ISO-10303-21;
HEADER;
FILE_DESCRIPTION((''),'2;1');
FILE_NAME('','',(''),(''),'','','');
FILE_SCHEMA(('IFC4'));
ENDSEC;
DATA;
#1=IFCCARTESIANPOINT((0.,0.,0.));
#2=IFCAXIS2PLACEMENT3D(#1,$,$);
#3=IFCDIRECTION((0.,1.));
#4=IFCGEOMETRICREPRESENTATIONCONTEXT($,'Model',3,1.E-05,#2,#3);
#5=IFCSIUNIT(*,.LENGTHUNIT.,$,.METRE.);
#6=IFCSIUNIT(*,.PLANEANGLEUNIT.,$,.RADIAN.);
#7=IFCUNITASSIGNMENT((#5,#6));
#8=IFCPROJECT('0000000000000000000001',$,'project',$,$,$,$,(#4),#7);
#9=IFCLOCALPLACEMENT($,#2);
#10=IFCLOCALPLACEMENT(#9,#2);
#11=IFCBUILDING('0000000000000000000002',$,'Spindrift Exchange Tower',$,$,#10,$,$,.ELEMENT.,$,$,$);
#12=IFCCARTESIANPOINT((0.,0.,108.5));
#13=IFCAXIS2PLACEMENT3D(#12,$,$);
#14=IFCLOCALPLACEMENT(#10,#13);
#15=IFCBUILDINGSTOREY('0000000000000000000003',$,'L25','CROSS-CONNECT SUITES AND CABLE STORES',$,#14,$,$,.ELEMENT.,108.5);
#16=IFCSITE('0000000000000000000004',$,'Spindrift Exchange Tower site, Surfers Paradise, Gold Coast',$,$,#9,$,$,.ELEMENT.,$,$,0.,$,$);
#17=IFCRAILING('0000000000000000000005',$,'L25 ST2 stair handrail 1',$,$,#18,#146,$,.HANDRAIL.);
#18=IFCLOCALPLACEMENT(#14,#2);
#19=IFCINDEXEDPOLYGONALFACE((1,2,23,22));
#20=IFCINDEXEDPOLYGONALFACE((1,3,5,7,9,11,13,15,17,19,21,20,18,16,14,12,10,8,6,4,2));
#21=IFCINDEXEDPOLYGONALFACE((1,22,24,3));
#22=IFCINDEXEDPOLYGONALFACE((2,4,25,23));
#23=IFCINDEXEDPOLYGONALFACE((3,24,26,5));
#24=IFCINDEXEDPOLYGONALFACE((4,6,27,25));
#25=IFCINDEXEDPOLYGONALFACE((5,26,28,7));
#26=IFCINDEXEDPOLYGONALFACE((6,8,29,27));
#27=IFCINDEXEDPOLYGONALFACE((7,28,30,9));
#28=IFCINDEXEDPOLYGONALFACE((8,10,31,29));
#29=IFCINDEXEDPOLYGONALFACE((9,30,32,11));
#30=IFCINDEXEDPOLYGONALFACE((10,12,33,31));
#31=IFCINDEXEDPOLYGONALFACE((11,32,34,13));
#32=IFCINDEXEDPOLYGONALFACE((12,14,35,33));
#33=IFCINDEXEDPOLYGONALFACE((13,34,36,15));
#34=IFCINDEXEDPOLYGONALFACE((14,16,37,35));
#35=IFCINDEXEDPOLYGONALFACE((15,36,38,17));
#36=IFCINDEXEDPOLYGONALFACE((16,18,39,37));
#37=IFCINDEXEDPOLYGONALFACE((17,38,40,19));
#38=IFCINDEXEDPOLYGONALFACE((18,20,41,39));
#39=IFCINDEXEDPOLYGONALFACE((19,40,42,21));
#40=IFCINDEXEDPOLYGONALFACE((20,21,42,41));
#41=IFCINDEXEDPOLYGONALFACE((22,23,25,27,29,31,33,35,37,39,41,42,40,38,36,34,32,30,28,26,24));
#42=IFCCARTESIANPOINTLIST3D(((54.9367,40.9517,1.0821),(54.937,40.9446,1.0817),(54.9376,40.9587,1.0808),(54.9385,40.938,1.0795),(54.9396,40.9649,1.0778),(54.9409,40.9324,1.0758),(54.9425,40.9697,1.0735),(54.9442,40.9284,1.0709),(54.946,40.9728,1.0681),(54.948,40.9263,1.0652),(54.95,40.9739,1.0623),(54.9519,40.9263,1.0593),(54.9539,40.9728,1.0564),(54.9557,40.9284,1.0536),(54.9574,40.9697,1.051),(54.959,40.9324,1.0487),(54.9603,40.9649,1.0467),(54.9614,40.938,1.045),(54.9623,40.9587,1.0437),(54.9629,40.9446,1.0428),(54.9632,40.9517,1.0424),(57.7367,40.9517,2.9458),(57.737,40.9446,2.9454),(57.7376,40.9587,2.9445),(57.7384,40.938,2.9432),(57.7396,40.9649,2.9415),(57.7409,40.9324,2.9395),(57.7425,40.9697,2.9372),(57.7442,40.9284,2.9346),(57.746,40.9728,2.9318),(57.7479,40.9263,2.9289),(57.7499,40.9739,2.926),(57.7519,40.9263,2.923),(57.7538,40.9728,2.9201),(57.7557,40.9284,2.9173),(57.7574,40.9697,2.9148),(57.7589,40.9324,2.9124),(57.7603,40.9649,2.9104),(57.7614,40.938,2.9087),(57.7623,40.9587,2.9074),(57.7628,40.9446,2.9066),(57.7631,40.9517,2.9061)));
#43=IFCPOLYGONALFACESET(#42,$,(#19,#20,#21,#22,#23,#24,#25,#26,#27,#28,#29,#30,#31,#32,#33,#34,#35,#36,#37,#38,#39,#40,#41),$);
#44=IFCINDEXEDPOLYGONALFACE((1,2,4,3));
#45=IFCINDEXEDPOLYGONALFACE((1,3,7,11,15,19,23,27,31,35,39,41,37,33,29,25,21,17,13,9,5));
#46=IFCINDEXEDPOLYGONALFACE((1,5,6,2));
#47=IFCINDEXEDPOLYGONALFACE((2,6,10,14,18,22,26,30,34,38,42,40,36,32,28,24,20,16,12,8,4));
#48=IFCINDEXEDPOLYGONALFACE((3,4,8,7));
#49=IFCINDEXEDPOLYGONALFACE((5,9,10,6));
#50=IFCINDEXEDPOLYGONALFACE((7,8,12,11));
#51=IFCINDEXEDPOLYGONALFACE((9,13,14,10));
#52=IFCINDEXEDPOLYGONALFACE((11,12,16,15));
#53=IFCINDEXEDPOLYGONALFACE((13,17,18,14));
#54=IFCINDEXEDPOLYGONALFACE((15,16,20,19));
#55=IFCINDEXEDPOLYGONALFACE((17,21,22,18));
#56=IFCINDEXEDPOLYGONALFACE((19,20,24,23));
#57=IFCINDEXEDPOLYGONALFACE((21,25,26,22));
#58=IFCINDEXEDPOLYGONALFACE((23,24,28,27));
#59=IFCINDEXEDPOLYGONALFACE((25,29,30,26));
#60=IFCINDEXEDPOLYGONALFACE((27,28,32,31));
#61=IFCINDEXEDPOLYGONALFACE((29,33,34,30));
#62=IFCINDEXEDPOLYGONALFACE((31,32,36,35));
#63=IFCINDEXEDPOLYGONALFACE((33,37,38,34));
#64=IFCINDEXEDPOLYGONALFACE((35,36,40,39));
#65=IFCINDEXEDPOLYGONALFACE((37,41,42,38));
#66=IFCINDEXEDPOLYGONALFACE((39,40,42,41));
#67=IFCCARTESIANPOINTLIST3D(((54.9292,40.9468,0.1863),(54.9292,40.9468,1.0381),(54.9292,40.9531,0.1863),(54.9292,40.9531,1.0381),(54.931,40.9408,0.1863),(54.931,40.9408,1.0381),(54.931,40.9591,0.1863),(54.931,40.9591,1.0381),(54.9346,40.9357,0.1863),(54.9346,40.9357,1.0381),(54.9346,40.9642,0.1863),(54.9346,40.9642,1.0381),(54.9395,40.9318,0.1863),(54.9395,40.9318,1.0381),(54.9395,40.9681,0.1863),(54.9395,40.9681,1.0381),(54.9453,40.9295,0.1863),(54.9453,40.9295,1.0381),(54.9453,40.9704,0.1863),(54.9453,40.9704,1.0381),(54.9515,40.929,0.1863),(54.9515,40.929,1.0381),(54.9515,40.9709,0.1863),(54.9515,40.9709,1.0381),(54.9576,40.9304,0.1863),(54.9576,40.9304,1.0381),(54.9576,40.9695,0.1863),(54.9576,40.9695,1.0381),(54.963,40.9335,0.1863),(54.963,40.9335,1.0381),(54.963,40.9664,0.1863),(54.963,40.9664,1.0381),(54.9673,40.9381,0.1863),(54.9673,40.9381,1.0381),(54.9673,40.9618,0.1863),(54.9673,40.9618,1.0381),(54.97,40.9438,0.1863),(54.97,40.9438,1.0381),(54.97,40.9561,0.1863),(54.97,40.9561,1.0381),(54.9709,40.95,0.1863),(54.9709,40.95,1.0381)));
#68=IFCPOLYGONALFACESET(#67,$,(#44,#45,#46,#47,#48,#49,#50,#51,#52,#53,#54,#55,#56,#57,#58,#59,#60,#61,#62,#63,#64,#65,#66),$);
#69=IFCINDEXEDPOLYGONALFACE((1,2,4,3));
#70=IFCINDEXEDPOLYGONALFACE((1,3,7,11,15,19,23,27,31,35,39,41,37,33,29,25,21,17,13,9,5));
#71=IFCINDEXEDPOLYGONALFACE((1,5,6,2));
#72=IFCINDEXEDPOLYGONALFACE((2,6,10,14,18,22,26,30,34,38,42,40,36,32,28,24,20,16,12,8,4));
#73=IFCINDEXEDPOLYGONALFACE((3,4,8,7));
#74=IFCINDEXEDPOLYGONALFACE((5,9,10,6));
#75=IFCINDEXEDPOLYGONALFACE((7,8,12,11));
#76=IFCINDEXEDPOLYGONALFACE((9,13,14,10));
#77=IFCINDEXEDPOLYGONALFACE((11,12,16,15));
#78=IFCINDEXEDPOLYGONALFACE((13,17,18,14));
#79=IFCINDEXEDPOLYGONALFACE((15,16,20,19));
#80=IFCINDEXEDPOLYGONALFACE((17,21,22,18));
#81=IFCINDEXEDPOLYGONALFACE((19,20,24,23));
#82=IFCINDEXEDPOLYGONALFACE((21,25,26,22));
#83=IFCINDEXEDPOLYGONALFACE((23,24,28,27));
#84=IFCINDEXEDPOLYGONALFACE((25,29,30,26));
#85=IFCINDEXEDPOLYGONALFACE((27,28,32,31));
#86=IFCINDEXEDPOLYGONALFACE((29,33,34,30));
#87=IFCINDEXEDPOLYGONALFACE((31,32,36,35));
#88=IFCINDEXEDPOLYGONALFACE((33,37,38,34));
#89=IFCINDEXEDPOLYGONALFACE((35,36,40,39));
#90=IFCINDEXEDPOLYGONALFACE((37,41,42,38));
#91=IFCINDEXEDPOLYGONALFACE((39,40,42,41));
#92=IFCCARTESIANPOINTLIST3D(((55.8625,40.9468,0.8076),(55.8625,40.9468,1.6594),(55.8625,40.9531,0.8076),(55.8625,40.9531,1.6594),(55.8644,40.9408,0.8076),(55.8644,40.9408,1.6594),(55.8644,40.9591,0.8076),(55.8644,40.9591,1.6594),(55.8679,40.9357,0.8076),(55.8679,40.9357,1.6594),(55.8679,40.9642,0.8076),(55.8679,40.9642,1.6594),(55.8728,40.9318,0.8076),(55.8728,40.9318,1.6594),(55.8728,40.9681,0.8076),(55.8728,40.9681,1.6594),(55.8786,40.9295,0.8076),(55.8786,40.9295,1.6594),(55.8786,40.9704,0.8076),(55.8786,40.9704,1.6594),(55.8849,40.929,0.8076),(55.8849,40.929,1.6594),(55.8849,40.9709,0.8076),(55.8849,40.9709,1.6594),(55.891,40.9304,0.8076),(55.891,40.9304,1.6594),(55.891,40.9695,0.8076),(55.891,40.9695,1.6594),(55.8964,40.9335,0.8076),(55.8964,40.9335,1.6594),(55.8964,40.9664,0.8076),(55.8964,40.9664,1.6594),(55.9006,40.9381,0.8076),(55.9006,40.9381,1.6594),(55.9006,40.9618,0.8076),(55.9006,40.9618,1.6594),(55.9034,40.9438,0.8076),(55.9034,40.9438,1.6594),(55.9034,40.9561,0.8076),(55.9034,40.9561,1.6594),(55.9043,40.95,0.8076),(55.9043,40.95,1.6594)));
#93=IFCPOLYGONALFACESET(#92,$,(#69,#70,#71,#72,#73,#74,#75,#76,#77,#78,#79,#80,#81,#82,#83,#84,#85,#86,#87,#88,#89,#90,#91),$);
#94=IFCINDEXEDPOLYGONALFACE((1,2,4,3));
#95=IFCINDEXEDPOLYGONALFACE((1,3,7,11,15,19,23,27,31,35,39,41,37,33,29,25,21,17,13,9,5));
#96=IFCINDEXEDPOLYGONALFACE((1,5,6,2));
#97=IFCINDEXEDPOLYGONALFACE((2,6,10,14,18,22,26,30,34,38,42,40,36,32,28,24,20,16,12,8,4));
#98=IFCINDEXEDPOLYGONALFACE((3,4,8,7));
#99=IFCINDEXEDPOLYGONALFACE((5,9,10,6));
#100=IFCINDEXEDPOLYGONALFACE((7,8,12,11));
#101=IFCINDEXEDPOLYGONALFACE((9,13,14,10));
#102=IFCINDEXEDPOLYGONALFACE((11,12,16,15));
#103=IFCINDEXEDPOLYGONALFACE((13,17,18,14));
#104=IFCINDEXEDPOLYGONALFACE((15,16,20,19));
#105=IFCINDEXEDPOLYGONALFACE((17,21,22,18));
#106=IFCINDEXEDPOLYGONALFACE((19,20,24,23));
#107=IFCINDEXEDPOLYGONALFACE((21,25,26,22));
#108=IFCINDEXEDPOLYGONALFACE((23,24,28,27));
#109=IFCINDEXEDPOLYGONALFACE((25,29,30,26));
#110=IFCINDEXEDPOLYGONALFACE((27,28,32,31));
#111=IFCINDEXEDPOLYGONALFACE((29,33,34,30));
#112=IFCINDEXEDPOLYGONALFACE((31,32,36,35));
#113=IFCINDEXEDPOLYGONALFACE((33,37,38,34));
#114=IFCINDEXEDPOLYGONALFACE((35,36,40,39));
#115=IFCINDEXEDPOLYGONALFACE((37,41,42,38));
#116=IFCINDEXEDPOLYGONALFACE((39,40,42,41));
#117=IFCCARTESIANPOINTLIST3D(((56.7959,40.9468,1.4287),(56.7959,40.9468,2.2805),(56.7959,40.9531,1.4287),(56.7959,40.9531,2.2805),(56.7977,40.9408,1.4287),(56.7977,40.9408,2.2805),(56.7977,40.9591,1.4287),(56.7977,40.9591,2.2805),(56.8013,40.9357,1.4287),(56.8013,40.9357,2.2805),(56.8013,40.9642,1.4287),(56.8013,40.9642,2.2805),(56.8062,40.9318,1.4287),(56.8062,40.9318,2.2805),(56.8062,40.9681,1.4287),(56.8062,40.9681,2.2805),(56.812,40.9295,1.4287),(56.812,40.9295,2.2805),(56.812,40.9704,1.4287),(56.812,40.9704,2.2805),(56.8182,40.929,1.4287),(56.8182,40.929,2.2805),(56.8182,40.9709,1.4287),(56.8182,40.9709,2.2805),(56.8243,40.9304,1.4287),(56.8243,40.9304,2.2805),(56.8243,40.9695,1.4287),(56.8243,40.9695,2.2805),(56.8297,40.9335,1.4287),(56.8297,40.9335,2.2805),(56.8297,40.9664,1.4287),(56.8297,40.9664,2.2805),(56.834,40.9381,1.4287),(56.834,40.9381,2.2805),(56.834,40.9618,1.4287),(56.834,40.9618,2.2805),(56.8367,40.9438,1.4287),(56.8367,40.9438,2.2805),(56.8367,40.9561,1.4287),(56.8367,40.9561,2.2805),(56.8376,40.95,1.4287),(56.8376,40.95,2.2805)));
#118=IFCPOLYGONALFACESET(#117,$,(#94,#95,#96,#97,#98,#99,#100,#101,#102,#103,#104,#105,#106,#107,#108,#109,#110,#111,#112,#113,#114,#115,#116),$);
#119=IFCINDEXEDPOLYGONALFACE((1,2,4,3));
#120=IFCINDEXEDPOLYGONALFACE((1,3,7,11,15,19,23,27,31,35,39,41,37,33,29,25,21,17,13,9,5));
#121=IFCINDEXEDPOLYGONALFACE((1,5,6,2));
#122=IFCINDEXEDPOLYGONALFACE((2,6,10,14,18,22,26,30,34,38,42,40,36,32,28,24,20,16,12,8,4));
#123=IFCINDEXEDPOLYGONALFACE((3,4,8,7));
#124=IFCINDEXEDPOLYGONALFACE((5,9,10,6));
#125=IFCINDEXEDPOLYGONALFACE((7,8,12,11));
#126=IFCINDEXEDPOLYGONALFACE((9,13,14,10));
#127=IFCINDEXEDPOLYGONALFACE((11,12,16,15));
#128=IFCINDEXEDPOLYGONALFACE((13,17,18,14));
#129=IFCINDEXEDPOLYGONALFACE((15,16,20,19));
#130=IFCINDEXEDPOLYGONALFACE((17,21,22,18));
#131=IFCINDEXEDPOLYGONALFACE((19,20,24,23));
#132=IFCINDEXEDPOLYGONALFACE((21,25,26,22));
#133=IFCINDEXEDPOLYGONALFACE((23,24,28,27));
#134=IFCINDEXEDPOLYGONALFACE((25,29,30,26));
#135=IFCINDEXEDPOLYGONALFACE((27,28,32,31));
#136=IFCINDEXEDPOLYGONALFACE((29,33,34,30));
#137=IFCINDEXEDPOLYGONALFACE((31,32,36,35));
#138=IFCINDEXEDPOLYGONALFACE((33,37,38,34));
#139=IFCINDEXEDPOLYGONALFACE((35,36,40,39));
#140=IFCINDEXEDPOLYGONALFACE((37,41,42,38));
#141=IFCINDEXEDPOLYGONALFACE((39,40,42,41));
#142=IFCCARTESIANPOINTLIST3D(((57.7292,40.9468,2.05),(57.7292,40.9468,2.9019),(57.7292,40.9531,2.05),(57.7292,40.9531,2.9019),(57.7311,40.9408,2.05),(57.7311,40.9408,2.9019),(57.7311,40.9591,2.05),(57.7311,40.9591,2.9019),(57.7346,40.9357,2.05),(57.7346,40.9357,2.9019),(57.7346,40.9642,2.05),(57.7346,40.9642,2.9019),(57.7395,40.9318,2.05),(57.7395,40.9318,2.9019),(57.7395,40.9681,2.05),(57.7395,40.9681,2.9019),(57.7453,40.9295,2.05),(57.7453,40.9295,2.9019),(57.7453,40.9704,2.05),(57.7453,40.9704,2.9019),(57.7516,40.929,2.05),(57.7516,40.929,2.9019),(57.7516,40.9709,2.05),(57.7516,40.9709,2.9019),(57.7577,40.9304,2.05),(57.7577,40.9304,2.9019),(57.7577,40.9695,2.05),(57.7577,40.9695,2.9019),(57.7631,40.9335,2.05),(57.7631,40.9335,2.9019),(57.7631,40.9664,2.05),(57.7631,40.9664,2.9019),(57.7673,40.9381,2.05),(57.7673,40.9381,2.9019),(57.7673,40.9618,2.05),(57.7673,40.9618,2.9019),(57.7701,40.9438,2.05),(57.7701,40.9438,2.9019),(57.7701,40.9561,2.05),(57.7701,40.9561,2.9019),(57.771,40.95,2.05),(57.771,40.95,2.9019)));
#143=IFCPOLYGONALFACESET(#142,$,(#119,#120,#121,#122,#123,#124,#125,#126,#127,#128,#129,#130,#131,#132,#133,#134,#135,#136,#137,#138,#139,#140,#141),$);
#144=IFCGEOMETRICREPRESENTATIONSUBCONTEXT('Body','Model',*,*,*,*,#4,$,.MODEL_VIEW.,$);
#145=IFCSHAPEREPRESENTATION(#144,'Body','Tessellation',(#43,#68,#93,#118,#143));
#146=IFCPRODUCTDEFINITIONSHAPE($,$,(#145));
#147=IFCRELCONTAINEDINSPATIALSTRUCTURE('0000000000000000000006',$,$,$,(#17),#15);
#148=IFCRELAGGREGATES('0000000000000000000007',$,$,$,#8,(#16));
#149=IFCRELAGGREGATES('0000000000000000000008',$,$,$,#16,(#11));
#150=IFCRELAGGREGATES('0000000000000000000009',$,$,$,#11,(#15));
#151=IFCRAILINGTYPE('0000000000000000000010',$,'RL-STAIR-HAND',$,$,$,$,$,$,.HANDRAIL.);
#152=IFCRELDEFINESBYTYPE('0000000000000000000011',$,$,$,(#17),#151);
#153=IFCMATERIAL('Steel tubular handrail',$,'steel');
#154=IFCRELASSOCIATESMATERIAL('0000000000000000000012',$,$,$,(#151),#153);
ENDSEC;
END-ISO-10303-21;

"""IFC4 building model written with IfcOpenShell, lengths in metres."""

from ifc_helpers import new_model, si_unit, direction, frame, origin, origin_2d, place, context, subcontext, project, spatial, circle, extrude, material, type_object, element, save


model = new_model("IFC4")

# Units and contexts
model_context = context("Model", 3, precision=1e-05, world=origin(), true_north=direction((0.0, 1.0)))
body_context = subcontext(model_context, "Body", "Model", "MODEL_VIEW")
ifc_project = project(units=[si_unit("LENGTHUNIT", "METRE"), si_unit("PLANEANGLEUNIT", "RADIAN")], contexts=[model_context])

# Site, building, storey
site_placement = place(None, origin())
site = spatial("IfcSite", under=ifc_project, at=site_placement, Name="Spindrift Exchange Tower site, Surfers Paradise, Gold Coast", CompositionType="ELEMENT", RefElevation=0.0)
building_placement = place(site_placement, origin())
building = spatial("IfcBuilding", under=site, at=building_placement, Name="Spindrift Exchange Tower", CompositionType="ELEMENT")
storey_placement = place(building_placement, frame((0.0, 0.0, 108.5)))
storey = spatial("IfcBuildingStorey", under=building, at=storey_placement, Name="L25", Description="CROSS-CONNECT SUITES AND CABLE STORES", CompositionType="ELEMENT", Elevation=108.5)

# Railing
ifc_material_1 = material(Name="Steel tubular handrail", Category="steel")
railing_type_1 = type_object("IfcRailingType", Name="RL-STAIR-HAND", PredefinedType="HANDRAIL", material=ifc_material_1)
railing_1_placement = place(storey_placement, frame((54.95, 40.95, 0.1863)))
element("IfcRailing", 1, at=railing_1_placement, inside=storey, type_object=railing_type_1, Name="L25 ST2 stair handrail 1", PredefinedType="HANDRAIL", context=body_context, shape_type="SweptSolid", body=[
    extrude(circle(Radius=0.0239, at=origin_2d()), frame((0.0, 0.0, 0.876), z_axis=(0.832452, 0.0, 0.554097), x_axis=(0.0, 1.0, 0.0)), (0.0, 0.0, 1.0), 3.3635),
    extrude(circle(Radius=0.021, at=origin_2d()), origin(), (0.0, 0.0, 1.0), 0.8518),
    extrude(circle(Radius=0.021, at=origin_2d()), frame((0.9333, 0.0, 0.6213)), (0.0, 0.0, 1.0), 0.8518),
    extrude(circle(Radius=0.021, at=origin_2d()), frame((1.8667, 0.0, 1.2424)), (0.0, 0.0, 1.0), 0.8518),
    extrude(circle(Radius=0.021, at=origin_2d()), frame((2.8, 0.0, 1.8638)), (0.0, 0.0, 1.0), 0.8518),
])

save(model, "model.ifc")
